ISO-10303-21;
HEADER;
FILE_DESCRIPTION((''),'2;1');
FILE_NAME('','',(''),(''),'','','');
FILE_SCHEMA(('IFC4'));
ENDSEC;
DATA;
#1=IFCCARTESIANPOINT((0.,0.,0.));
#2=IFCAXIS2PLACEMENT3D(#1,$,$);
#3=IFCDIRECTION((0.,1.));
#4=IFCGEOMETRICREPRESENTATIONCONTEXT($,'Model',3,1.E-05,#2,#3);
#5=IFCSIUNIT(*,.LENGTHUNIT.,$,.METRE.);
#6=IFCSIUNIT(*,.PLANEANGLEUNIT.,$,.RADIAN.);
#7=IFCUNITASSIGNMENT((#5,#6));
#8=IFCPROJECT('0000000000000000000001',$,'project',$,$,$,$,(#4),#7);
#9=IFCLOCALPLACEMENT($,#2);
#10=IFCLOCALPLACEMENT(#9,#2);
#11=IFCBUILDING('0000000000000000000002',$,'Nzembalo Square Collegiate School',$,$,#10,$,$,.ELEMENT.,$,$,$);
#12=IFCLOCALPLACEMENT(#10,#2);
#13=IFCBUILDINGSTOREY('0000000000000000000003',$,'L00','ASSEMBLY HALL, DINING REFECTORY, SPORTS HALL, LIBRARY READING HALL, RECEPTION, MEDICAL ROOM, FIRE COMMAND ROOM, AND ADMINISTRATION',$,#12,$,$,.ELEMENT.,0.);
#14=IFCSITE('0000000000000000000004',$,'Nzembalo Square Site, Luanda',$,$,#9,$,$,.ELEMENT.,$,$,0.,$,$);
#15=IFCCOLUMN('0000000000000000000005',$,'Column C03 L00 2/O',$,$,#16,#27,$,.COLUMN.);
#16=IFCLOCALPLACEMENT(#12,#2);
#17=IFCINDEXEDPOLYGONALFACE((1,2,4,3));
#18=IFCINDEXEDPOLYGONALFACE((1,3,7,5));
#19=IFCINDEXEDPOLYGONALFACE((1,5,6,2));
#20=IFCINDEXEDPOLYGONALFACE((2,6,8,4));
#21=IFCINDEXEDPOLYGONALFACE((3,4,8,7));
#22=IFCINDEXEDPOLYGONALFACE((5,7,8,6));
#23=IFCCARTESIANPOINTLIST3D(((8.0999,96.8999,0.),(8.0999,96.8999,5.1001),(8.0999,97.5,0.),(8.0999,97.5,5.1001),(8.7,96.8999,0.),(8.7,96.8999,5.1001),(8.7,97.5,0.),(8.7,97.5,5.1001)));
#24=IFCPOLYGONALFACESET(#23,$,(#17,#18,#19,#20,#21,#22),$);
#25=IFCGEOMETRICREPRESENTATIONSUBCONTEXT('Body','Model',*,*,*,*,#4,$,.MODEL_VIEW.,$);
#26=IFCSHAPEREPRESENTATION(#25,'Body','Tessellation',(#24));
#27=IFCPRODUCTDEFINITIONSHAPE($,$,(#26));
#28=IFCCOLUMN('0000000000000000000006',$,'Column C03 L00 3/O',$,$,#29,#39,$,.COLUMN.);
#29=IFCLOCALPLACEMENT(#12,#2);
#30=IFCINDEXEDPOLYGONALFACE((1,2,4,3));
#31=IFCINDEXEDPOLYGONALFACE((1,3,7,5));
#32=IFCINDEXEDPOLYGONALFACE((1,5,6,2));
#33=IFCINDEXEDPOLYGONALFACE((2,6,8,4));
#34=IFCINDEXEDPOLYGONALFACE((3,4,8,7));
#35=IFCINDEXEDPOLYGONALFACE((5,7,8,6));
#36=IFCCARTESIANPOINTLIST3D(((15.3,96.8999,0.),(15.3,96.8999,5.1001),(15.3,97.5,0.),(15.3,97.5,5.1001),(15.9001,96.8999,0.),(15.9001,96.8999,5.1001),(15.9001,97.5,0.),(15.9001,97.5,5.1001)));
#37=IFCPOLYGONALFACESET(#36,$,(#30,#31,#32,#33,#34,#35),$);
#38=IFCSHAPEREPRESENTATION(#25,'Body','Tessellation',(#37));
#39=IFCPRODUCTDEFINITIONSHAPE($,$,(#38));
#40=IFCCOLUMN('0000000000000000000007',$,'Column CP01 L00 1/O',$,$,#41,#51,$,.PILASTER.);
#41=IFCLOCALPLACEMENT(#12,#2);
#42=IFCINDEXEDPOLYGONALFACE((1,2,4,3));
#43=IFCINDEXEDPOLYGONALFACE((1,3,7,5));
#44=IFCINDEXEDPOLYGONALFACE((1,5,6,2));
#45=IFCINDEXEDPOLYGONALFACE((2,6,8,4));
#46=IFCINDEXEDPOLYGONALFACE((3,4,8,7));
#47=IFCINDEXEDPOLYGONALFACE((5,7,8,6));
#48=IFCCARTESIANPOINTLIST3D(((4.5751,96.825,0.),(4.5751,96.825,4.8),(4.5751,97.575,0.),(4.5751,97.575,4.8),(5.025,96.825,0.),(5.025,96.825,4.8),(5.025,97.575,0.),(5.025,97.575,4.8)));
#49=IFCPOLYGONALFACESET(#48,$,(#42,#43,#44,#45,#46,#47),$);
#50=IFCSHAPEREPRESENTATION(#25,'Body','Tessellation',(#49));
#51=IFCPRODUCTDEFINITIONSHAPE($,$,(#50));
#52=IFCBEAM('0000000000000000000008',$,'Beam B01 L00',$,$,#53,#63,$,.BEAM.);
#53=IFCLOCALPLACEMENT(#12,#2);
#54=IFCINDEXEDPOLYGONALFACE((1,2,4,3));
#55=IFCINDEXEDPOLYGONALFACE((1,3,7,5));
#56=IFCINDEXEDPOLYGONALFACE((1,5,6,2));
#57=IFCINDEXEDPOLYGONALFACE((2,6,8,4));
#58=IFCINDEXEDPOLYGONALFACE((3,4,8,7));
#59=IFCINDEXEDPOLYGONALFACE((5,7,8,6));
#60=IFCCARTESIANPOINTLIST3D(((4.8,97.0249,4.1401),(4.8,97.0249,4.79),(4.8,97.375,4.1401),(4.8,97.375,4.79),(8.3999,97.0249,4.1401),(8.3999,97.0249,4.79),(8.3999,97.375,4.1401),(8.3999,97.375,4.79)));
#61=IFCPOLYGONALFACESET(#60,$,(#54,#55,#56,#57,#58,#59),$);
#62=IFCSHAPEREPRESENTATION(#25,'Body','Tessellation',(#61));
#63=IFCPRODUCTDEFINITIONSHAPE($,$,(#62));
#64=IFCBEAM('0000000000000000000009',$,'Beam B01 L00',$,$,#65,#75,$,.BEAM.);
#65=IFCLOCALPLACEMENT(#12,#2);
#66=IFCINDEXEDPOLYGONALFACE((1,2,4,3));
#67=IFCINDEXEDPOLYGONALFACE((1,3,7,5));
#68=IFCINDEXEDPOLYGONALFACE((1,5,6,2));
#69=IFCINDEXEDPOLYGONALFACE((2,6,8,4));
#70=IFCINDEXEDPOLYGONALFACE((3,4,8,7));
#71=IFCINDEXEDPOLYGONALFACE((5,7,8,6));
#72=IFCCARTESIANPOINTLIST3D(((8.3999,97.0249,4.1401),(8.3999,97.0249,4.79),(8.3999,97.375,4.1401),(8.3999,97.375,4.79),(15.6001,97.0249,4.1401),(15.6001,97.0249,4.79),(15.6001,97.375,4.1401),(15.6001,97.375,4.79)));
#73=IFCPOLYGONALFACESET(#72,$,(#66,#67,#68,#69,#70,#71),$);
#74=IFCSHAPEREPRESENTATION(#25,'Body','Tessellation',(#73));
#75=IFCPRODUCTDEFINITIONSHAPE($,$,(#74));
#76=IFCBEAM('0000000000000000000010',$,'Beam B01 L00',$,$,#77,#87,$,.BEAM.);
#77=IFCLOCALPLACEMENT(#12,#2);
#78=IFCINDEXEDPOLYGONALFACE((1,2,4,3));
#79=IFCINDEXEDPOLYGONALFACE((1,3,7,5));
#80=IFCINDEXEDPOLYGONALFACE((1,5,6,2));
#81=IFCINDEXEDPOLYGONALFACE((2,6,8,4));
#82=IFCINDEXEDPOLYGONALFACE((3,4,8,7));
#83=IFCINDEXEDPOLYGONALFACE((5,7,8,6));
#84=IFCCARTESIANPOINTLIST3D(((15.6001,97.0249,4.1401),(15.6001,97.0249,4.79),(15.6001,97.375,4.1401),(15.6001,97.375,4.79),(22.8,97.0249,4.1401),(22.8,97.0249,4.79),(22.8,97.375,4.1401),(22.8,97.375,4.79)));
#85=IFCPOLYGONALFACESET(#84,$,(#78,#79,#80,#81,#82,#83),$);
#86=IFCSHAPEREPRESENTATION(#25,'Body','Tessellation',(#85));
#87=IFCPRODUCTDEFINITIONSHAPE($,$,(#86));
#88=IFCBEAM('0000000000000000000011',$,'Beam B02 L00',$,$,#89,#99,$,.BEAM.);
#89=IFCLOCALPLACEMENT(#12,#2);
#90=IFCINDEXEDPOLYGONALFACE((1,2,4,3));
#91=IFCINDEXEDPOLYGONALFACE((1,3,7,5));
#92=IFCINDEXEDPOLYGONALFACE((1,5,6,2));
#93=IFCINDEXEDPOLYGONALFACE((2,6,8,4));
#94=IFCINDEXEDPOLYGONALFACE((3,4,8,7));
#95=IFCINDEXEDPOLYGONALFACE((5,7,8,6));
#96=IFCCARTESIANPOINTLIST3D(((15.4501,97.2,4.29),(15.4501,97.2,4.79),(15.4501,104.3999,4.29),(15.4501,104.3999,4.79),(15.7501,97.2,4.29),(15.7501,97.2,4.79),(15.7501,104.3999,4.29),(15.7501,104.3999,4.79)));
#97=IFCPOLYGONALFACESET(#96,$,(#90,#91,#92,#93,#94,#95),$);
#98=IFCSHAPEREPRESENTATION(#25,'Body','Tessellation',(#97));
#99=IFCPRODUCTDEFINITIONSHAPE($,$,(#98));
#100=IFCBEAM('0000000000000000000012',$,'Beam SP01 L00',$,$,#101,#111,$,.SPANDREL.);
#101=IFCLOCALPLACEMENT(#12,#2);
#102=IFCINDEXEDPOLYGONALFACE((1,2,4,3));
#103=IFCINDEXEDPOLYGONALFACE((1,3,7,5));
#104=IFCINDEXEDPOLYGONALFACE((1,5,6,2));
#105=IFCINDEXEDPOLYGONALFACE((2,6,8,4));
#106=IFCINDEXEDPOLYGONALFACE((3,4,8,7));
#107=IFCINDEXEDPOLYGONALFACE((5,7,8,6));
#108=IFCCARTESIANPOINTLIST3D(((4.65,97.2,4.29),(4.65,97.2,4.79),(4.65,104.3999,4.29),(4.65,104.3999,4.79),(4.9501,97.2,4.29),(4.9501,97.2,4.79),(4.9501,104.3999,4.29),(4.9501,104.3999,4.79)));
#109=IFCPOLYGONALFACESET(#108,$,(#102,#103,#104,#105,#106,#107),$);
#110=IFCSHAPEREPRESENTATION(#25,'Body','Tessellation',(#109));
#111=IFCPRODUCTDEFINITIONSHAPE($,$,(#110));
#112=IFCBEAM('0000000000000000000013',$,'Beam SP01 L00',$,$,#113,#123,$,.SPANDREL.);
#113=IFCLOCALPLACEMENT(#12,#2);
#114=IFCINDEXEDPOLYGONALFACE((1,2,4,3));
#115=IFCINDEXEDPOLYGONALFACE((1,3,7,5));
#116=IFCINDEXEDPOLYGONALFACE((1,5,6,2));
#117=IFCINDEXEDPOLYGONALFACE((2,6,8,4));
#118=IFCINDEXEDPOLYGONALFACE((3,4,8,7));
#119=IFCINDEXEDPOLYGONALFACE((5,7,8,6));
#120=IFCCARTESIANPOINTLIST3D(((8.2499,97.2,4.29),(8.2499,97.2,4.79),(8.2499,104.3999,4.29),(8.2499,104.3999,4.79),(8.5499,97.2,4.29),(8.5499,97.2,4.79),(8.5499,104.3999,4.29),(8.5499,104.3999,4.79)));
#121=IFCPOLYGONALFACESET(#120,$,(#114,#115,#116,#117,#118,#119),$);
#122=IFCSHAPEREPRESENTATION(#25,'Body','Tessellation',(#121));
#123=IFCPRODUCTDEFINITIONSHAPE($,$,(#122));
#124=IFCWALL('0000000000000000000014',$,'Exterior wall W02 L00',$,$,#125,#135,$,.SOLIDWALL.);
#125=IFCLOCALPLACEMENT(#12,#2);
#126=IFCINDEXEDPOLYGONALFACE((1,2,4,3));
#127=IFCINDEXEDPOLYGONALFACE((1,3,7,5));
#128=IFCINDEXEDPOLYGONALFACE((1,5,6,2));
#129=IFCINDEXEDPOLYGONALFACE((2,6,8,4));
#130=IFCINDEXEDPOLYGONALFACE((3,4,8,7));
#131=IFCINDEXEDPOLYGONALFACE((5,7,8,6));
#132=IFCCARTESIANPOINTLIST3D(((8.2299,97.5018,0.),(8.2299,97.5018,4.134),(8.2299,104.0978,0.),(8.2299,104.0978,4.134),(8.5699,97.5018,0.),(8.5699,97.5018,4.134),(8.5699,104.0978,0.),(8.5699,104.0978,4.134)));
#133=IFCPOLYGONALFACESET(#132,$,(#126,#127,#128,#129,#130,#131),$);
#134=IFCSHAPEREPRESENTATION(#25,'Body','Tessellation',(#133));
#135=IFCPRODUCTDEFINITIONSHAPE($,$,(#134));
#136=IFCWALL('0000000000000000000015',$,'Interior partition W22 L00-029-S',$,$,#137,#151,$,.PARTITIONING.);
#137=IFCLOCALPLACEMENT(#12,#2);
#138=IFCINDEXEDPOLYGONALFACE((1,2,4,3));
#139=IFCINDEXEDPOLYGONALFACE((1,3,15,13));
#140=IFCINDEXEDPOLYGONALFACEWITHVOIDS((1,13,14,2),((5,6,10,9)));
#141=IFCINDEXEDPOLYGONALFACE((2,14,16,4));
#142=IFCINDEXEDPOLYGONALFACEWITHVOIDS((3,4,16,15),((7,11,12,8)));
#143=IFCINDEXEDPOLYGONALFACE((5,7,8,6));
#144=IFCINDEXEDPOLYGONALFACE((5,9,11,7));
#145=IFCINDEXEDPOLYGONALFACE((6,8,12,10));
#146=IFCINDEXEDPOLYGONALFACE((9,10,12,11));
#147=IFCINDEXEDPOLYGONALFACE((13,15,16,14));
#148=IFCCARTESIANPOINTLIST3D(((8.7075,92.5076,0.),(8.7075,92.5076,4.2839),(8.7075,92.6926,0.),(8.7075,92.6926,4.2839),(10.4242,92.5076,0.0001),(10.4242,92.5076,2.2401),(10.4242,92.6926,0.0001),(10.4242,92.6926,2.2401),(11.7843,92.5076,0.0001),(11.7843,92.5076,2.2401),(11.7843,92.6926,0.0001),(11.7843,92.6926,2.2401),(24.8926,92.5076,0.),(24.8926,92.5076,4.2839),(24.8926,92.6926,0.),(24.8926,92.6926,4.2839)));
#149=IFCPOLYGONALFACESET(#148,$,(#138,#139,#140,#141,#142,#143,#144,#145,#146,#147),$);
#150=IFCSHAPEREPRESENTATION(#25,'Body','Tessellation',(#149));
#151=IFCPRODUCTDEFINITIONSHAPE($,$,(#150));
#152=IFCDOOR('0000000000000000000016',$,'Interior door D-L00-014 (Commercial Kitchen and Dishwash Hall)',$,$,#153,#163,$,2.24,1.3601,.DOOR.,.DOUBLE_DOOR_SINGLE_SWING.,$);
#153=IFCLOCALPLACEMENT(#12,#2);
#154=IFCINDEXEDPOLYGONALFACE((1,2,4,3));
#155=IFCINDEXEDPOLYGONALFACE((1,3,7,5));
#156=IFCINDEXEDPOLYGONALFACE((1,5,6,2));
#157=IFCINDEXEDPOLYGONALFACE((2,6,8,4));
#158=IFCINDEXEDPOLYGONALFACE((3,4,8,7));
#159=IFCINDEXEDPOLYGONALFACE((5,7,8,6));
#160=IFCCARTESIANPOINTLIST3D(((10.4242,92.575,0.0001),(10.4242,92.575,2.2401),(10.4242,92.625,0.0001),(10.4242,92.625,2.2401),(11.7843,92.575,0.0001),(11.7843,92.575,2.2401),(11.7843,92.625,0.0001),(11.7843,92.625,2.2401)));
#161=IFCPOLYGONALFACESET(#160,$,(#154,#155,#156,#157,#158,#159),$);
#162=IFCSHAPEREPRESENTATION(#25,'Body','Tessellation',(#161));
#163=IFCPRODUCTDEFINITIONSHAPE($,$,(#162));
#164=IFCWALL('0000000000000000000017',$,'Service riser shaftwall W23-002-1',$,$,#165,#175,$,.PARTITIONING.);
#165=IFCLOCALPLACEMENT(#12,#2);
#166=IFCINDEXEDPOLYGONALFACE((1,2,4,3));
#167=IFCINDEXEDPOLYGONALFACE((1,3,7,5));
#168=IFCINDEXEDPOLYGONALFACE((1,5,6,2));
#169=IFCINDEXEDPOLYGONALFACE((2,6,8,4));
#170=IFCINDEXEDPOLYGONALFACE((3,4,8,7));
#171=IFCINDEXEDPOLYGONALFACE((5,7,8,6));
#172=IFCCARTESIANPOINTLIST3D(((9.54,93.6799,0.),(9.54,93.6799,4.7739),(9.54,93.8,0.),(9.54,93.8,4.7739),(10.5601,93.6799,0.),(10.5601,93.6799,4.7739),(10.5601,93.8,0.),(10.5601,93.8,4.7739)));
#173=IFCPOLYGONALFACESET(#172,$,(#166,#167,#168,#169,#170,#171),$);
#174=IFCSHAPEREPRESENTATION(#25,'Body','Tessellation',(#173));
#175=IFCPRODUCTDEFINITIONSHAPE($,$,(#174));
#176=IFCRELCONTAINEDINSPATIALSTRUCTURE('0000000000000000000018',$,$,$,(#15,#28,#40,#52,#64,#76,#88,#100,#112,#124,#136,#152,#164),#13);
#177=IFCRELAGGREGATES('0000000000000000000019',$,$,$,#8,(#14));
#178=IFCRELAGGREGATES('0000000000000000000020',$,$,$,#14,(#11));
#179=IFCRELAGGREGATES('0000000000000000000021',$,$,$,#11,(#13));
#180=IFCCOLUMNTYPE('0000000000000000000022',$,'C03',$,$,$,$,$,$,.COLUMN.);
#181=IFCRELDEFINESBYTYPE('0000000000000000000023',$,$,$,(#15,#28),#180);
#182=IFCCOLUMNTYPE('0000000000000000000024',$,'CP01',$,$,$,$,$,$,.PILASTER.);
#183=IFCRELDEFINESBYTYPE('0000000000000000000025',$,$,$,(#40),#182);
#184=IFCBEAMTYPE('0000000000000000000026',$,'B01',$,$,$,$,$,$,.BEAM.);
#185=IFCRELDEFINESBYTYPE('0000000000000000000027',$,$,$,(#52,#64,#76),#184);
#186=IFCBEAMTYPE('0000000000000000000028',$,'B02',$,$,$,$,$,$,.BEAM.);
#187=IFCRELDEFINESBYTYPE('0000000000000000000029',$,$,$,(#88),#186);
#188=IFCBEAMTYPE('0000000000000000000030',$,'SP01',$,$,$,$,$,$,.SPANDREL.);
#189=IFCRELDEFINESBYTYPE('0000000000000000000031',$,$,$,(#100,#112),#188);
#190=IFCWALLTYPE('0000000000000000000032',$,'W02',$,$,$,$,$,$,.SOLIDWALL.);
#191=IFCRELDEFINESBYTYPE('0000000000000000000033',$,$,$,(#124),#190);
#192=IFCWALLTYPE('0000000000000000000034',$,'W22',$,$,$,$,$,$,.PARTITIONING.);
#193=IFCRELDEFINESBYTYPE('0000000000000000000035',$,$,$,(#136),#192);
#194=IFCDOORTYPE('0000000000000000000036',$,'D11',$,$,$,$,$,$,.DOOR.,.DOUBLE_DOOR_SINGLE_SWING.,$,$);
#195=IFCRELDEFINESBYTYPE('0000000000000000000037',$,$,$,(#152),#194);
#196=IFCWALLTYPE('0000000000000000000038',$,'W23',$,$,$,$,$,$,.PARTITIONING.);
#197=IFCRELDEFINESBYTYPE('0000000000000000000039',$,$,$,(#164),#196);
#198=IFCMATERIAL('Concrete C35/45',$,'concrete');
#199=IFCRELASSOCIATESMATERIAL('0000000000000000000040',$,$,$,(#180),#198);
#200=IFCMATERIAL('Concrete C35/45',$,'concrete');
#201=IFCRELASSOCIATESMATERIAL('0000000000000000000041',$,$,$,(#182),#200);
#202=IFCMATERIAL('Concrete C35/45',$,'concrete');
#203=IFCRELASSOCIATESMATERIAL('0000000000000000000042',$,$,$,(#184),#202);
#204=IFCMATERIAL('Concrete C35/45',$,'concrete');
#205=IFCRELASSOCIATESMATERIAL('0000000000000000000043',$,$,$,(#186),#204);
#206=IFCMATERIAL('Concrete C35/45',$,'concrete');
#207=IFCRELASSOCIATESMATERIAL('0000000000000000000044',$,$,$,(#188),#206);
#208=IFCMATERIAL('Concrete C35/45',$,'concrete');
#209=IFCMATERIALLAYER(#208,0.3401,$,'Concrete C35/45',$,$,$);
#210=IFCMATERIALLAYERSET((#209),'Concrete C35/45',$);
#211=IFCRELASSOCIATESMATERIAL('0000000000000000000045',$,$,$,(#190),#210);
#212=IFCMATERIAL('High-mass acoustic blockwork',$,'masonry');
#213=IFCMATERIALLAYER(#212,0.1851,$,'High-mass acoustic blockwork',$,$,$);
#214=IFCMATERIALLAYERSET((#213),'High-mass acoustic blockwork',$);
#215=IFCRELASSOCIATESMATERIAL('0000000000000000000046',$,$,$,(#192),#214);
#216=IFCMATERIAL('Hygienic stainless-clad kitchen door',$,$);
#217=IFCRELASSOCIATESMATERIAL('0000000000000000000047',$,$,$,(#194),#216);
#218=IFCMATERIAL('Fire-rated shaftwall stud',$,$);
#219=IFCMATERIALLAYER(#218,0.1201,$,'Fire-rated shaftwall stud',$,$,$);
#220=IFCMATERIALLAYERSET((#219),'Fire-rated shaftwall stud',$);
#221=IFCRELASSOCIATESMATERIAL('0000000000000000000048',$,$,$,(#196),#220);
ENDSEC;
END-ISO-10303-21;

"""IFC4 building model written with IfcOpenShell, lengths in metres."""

from ifc_helpers import new_model, si_unit, direction, frame, frame_2d, origin, origin_2d, place, context, subcontext, project, spatial, rectangle, extrude, material, layer, layer_set, material_profile, profile_set, type_object, element, fill, save


model = new_model("IFC4")

# Units and contexts
model_context = context("Model", 3, precision=1e-05, world=origin(), true_north=direction((0.0, 1.0)))
body_context = subcontext(model_context, "Body", "Model", "MODEL_VIEW")
ifc_project = project(units=[si_unit("LENGTHUNIT", "METRE"), si_unit("PLANEANGLEUNIT", "RADIAN")], contexts=[model_context])

# Site, building, storey
site_placement = place(None, origin())
site = spatial("IfcSite", under=ifc_project, at=site_placement, Name="Nzembalo Square Site, Luanda", CompositionType="ELEMENT", RefElevation=0.0)
building_placement = place(site_placement, origin())
building = spatial("IfcBuilding", under=site, at=building_placement, Name="Nzembalo Square Collegiate School", CompositionType="ELEMENT")
storey_placement = place(building_placement, origin())
storey = spatial("IfcBuildingStorey", under=building, at=storey_placement, Name="L00", Description="ASSEMBLY HALL, DINING REFECTORY, SPORTS HALL, LIBRARY READING HALL, RECEPTION, MEDICAL ROOM, FIRE COMMAND ROOM, AND ADMINISTRATION", CompositionType="ELEMENT", Elevation=0.0)

# Columns
ifc_material_1 = material(Name="Concrete C35/45", Category="concrete")
ifc_material_profile_1 = material_profile(ifc_material_1, rectangle(XDim=0.6001, YDim=0.6001, at=origin_2d()), Name="RC 600x600")
ifc_profile_set_1 = profile_set([ifc_material_profile_1], Name="Concrete C35/45")
column_type_1 = type_object("IfcColumnType", Name="C03", PredefinedType="COLUMN", material=ifc_profile_set_1)
for number, where, z_axis, x_axis, name in (
    (1, (8.3999, 97.2, 0.0), (0.0, 0.0, 1.0), (1.0, 0.0, 0.0), "Column C03 L00 2/O"),
    (2, (15.6001, 97.2, 0.0), (0.0, 0.0, 1.0), (1.0, 0.0, 0.0), "Column C03 L00 3/O"),
):
    element("IfcColumn", number, at=place(storey_placement, frame(where, z_axis=z_axis, x_axis=x_axis)), inside=storey, type_object=column_type_1, Name=name, PredefinedType="COLUMN", context=body_context, shape_type="SweptSolid", body=[
        extrude(rectangle(XDim=0.6001, YDim=0.6001, at=origin_2d()), origin(), (0.0, 0.0, 1.0), 5.1001),
    ])
ifc_material_2 = material(Name="Concrete C35/45", Category="concrete")
ifc_material_profile_2 = material_profile(ifc_material_2, rectangle(XDim=0.45, YDim=0.75, at=origin_2d()), Name="RC 450x750")
ifc_profile_set_2 = profile_set([ifc_material_profile_2], Name="Concrete C35/45")
column_type_2 = type_object("IfcColumnType", Name="CP01", PredefinedType="PILASTER", material=ifc_profile_set_2)
column_placement = place(storey_placement, frame((4.8, 97.2, 0.0), z_axis=(0.0, 0.0, 1.0), x_axis=(1.0, 0.0, 0.0)))
element("IfcColumn", 3, at=column_placement, inside=storey, type_object=column_type_2, Name="Column CP01 L00 1/O", PredefinedType="PILASTER", context=body_context, shape_type="SweptSolid", body=[
    extrude(rectangle(XDim=0.45, YDim=0.75, at=origin_2d()), origin(), (0.0, 0.0, 1.0), 4.8),
])

# Beams
ifc_material_3 = material(Name="Concrete C35/45", Category="concrete")
ifc_material_profile_3 = material_profile(ifc_material_3, rectangle(XDim=0.3501, YDim=0.6499, at=origin_2d()), Name="RC 350x650")
ifc_profile_set_3 = profile_set([ifc_material_profile_3], Name="Concrete C35/45")
beam_type_1 = type_object("IfcBeamType", Name="B01", PredefinedType="BEAM", material=ifc_profile_set_3)
beam_1_placement = place(storey_placement, frame((4.8, 97.2, 4.4651), z_axis=(1.0, 0.0, 0.0), x_axis=(0.0, 1.0, 0.0)))
element("IfcBeam", 4, at=beam_1_placement, inside=storey, type_object=beam_type_1, Name="Beam B01 L00", PredefinedType="BEAM", context=body_context, shape_type="SweptSolid", body=[
    extrude(rectangle(XDim=0.3501, YDim=0.6499, at=origin_2d()), origin(), (0.0, 0.0, 1.0), 3.5999),
])
beam_2_placement = place(storey_placement, frame((8.3999, 97.2, 4.4651), z_axis=(1.0, 0.0, 0.0), x_axis=(0.0, 1.0, 0.0)))
element("IfcBeam", 5, at=beam_2_placement, inside=storey, type_object=beam_type_1, Name="Beam B01 L00", PredefinedType="BEAM", context=body_context, shape_type="SweptSolid", body=[
    extrude(rectangle(XDim=0.3501, YDim=0.6499, at=origin_2d()), origin(), (0.0, 0.0, 1.0), 7.2002),
])
beam_3_placement = place(storey_placement, frame((15.6001, 97.2, 4.4651), z_axis=(1.0, 0.0, 0.0), x_axis=(0.0, 1.0, 0.0)))
element("IfcBeam", 6, at=beam_3_placement, inside=storey, type_object=beam_type_1, Name="Beam B01 L00", PredefinedType="BEAM", context=body_context, shape_type="SweptSolid", body=[
    extrude(rectangle(XDim=0.3501, YDim=0.6499, at=origin_2d()), origin(), (0.0, 0.0, 1.0), 7.2),
])
ifc_material_4 = material(Name="Concrete C35/45", Category="concrete")
ifc_material_profile_4 = material_profile(ifc_material_4, rectangle(XDim=0.3, YDim=0.5, at=origin_2d()), Name="RC 300x500")
ifc_profile_set_4 = profile_set([ifc_material_profile_4], Name="Concrete C35/45")
beam_type_2 = type_object("IfcBeamType", Name="B02", PredefinedType="BEAM", material=ifc_profile_set_4)
beam_4_placement = place(storey_placement, frame((15.6001, 97.2, 4.54), z_axis=(0.0, 1.0, 0.0), x_axis=(-1.0, 0.0, 0.0)))
element("IfcBeam", 7, at=beam_4_placement, inside=storey, type_object=beam_type_2, Name="Beam B02 L00", PredefinedType="BEAM", context=body_context, shape_type="SweptSolid", body=[
    extrude(rectangle(XDim=0.3, YDim=0.5, at=origin_2d()), origin(), (0.0, 0.0, 1.0), 7.2),
])
ifc_material_5 = material(Name="Concrete C35/45", Category="concrete")
ifc_material_profile_5 = material_profile(ifc_material_5, rectangle(XDim=0.3, YDim=0.5, at=origin_2d()), Name="RC 300x500")
ifc_profile_set_5 = profile_set([ifc_material_profile_5], Name="Concrete C35/45")
beam_type_3 = type_object("IfcBeamType", Name="SP01", PredefinedType="SPANDREL", material=ifc_profile_set_5)
for number, where, z_axis, x_axis, name in (
    (8, (4.8, 97.2, 4.54), (0.0, 1.0, 0.0), (-1.0, 0.0, 0.0), "Beam SP01 L00"),
    (9, (8.3999, 97.2, 4.54), (0.0, 1.0, 0.0), (-1.0, 0.0, 0.0), "Beam SP01 L00"),
):
    element("IfcBeam", number, at=place(storey_placement, frame(where, z_axis=z_axis, x_axis=x_axis)), inside=storey, type_object=beam_type_3, Name=name, PredefinedType="SPANDREL", context=body_context, shape_type="SweptSolid", body=[
        extrude(rectangle(XDim=0.3, YDim=0.5, at=origin_2d()), origin(), (0.0, 0.0, 1.0), 7.2),
    ])

# Wall
ifc_material_6 = material(Name="Concrete C35/45", Category="concrete")
ifc_layer_1 = layer(ifc_material_6, 0.3401, Name="Concrete C35/45")
ifc_layer_set_1 = layer_set([ifc_layer_1], Name="Concrete C35/45")
wall_type_1 = type_object("IfcWallType", Name="W02", PredefinedType="SOLIDWALL", material=ifc_layer_set_1)
wall_1_placement = place(storey_placement, frame((8.3999, 97.502, 0.0), z_axis=(0.0, 0.0, 1.0), x_axis=(0.0, 1.0, 0.0)))
element("IfcWall", 10, at=wall_1_placement, inside=storey, type_object=wall_type_1, Name="Exterior wall W02 L00", PredefinedType="SOLIDWALL", context=body_context, shape_type="SweptSolid", body=[
    extrude(rectangle(XDim=6.5959, YDim=0.3401, at=frame_2d((3.2979, 0.0))), origin(), (0.0, 0.0, 1.0), 4.134),
])

# Wall, opening, door
ifc_material_7 = material(Name="High-mass acoustic blockwork", Category="masonry")
ifc_layer_2 = layer(ifc_material_7, 0.1851, Name="High-mass acoustic blockwork")
ifc_layer_set_2 = layer_set([ifc_layer_2], Name="High-mass acoustic blockwork")
wall_type_2 = type_object("IfcWallType", Name="W22", PredefinedType="PARTITIONING", material=ifc_layer_set_2)
wall_2_placement = place(storey_placement, frame((8.7075, 92.6001, 0.0), z_axis=(0.0, 0.0, 1.0), x_axis=(1.0, 0.0, 0.0)))
wall_2 = element("IfcWall", 11, at=wall_2_placement, inside=storey, type_object=wall_type_2, Name="Interior partition W22 L00-029-S", PredefinedType="PARTITIONING", context=body_context, shape_type="SweptSolid", body=[
    extrude(rectangle(XDim=16.1851, YDim=0.1851, at=frame_2d((8.0925, 0.0))), origin(), (0.0, 0.0, 1.0), 4.2839),
])
opening_placement = place(wall_2_placement, frame((1.7166, 0.0, 0.0)))
opening = element("IfcOpeningElement", 12, at=opening_placement, cuts=wall_2, PredefinedType="OPENING", context=body_context, shape_type="SweptSolid", body=[
    extrude(rectangle(XDim=1.3601, YDim=2.24, at=frame_2d((0.6802, 1.1201))), frame((0.0, 0.1025, 0.0), z_axis=(0.0, -1.0, 0.0), x_axis=(1.0, 0.0, 0.0)), (0.0, 0.0, 1.0), 0.2051),
])
ifc_material_8 = material(Name="Hygienic stainless-clad kitchen door")
door_type = type_object("IfcDoorType", Name="D11", OperationType="DOUBLE_DOOR_SINGLE_SWING", PredefinedType="DOOR", material=ifc_material_8)
door_placement = place(opening_placement, origin())
door = element("IfcDoor", 13, at=door_placement, inside=storey, type_object=door_type, Name="Interior door D-L00-014 (Commercial Kitchen and Dishwash Hall)", OperationType="DOUBLE_DOOR_SINGLE_SWING", OverallHeight=2.24, OverallWidth=1.3601, PredefinedType="DOOR", context=body_context, shape_type="SweptSolid", body=[
    extrude(rectangle(XDim=1.3601, YDim=2.24, at=frame_2d((0.6802, 1.1201))), frame((0.0, 0.0249, 0.0), z_axis=(0.0, -1.0, 0.0), x_axis=(1.0, 0.0, 0.0)), (0.0, 0.0, 1.0), 0.05),
])
fill(opening, door)

# Wall
ifc_material_9 = material(Name="Fire-rated shaftwall stud")
ifc_layer_3 = layer(ifc_material_9, 0.1201, Name="Fire-rated shaftwall stud")
ifc_layer_set_3 = layer_set([ifc_layer_3], Name="Fire-rated shaftwall stud")
wall_type_3 = type_object("IfcWallType", Name="W23", PredefinedType="PARTITIONING", material=ifc_layer_set_3)
for number, where, z_axis, x_axis, name in (
    (14, (9.54, 93.74, 0.0), (0.0, 0.0, 1.0), (1.0, 0.0, 0.0), "Service riser shaftwall W23-002-1"),
):
    element("IfcWall", number, at=place(storey_placement, frame(where, z_axis=z_axis, x_axis=x_axis)), inside=storey, type_object=wall_type_3, Name=name, PredefinedType="PARTITIONING", context=body_context, shape_type="SweptSolid", body=[
        extrude(rectangle(XDim=1.02, YDim=0.1201, at=frame_2d((0.51, 0.0))), origin(), (0.0, 0.0, 1.0), 4.7739),
    ])

save(model, "model.ifc")
